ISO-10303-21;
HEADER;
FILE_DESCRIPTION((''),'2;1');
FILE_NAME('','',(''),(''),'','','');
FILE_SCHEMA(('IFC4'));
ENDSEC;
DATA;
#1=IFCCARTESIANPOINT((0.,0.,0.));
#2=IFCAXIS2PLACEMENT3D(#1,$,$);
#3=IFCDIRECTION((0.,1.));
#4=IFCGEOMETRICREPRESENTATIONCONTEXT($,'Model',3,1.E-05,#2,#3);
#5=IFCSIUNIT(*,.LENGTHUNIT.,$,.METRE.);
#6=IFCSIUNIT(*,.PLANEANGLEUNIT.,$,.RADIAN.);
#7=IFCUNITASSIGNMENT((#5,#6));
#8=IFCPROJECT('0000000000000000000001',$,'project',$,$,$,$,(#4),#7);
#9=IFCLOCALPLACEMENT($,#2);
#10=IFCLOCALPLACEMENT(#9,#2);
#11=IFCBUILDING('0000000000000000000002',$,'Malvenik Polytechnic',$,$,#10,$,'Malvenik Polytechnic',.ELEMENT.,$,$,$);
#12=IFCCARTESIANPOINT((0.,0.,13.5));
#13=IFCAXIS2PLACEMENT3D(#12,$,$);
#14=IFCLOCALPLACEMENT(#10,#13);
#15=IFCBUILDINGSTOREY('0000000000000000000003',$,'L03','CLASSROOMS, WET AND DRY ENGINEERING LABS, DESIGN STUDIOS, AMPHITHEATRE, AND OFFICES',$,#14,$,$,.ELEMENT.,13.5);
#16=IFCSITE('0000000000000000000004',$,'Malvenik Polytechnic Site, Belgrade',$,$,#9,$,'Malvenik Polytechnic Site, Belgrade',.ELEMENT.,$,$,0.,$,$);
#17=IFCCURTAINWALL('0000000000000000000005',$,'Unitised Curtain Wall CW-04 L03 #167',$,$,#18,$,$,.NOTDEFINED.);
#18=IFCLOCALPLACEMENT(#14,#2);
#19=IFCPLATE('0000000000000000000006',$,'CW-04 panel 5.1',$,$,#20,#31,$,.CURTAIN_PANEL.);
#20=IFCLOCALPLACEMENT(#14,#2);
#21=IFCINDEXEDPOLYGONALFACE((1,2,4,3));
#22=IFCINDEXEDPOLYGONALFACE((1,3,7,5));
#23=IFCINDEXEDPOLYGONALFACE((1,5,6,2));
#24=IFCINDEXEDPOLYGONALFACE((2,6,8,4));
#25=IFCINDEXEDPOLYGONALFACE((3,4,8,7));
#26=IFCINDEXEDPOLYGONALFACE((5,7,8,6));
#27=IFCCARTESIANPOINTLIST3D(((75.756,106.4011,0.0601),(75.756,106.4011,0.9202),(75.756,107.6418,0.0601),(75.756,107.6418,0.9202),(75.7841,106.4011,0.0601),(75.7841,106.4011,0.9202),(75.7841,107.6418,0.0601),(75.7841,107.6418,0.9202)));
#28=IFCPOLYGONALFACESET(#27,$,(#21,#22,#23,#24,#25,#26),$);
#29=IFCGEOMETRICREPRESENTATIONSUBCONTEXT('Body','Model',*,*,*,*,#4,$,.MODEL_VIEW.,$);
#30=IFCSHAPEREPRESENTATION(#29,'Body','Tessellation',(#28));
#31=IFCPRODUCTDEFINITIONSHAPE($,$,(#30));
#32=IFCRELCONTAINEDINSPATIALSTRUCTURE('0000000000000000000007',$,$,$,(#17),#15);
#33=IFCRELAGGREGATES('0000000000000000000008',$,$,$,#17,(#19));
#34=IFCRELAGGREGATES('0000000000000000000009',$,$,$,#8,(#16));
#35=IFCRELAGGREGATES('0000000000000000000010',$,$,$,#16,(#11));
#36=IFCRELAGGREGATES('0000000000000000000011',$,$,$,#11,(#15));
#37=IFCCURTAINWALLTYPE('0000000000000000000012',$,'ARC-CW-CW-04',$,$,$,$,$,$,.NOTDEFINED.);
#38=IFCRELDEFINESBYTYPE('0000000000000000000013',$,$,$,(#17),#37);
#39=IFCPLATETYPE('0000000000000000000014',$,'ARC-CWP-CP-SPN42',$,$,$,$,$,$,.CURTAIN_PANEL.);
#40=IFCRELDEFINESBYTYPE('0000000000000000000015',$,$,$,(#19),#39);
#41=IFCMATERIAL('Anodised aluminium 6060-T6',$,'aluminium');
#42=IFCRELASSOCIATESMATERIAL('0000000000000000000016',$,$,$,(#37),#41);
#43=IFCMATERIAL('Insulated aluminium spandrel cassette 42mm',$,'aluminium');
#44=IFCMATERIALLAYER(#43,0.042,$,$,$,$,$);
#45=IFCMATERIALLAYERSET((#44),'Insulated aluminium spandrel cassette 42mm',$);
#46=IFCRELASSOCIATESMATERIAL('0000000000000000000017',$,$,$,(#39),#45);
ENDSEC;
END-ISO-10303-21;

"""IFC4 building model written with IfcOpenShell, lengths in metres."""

from ifc_helpers import new_model, si_unit, direction, frame, origin, origin_2d, place, context, subcontext, project, spatial, rectangle, extrude, material, layer, layer_set, type_object, element, aggregate, save


model = new_model("IFC4")

# Units and contexts
model_context = context("Model", 3, precision=1e-05, world=origin(), true_north=direction((0.0, 1.0)))
body_context = subcontext(model_context, "Body", "Model", "MODEL_VIEW")
ifc_project = project(units=[si_unit("LENGTHUNIT", "METRE"), si_unit("PLANEANGLEUNIT", "RADIAN")], contexts=[model_context])

# Site, building, storey
site_placement = place(None, origin())
site = spatial("IfcSite", under=ifc_project, at=site_placement, Name="Malvenik Polytechnic Site, Belgrade", LongName="Malvenik Polytechnic Site, Belgrade", CompositionType="ELEMENT", RefElevation=0.0)
building_placement = place(site_placement, origin())
building = spatial("IfcBuilding", under=site, at=building_placement, Name="Malvenik Polytechnic", LongName="Malvenik Polytechnic", CompositionType="ELEMENT")
storey_placement = place(building_placement, frame((0.0, 0.0, 13.5)))
storey = spatial("IfcBuildingStorey", under=building, at=storey_placement, Name="L03", Description="CLASSROOMS, WET AND DRY ENGINEERING LABS, DESIGN STUDIOS, AMPHITHEATRE, AND OFFICES", CompositionType="ELEMENT", Elevation=13.5)

# Curtain wall, plate
ifc_material_1 = material(Name="Anodised aluminium 6060-T6", Category="aluminium")
curtain_wall_type = type_object("IfcCurtainWallType", Name="ARC-CW-CW-04", PredefinedType="NOTDEFINED", material=ifc_material_1)
curtain_wall_placement = place(storey_placement, origin())
curtain_wall = element("IfcCurtainWall", 1, at=curtain_wall_placement, inside=storey, type_object=curtain_wall_type, Name="Unitised Curtain Wall CW-04 L03 #167", PredefinedType="NOTDEFINED")
ifc_material_2 = material(Name="Insulated aluminium spandrel cassette 42mm", Category="aluminium")
ifc_layer_1 = layer(ifc_material_2, 0.042)
ifc_layer_set_1 = layer_set([ifc_layer_1], Name="Insulated aluminium spandrel cassette 42mm")
plate_type_1 = type_object("IfcPlateType", Name="ARC-CWP-CP-SPN42", PredefinedType="CURTAIN_PANEL", material=ifc_layer_set_1)
plate_1_placement = place(storey_placement, frame((75.77, 107.0215, 0.0601), z_axis=(0.0, 0.0, 1.0), x_axis=(0.0, 1.0, 0.0)))
plate_1 = element("IfcPlate", 2, at=plate_1_placement, type_object=plate_type_1, Name="CW-04 panel 5.1", PredefinedType="CURTAIN_PANEL", context=body_context, shape_type="SweptSolid", body=[
    extrude(rectangle(XDim=1.2407, YDim=0.0281, at=origin_2d()), origin(), (0.0, 0.0, 1.0), 0.8601),
])
aggregate(curtain_wall, [plate_1])

save(model, "model.ifc")
